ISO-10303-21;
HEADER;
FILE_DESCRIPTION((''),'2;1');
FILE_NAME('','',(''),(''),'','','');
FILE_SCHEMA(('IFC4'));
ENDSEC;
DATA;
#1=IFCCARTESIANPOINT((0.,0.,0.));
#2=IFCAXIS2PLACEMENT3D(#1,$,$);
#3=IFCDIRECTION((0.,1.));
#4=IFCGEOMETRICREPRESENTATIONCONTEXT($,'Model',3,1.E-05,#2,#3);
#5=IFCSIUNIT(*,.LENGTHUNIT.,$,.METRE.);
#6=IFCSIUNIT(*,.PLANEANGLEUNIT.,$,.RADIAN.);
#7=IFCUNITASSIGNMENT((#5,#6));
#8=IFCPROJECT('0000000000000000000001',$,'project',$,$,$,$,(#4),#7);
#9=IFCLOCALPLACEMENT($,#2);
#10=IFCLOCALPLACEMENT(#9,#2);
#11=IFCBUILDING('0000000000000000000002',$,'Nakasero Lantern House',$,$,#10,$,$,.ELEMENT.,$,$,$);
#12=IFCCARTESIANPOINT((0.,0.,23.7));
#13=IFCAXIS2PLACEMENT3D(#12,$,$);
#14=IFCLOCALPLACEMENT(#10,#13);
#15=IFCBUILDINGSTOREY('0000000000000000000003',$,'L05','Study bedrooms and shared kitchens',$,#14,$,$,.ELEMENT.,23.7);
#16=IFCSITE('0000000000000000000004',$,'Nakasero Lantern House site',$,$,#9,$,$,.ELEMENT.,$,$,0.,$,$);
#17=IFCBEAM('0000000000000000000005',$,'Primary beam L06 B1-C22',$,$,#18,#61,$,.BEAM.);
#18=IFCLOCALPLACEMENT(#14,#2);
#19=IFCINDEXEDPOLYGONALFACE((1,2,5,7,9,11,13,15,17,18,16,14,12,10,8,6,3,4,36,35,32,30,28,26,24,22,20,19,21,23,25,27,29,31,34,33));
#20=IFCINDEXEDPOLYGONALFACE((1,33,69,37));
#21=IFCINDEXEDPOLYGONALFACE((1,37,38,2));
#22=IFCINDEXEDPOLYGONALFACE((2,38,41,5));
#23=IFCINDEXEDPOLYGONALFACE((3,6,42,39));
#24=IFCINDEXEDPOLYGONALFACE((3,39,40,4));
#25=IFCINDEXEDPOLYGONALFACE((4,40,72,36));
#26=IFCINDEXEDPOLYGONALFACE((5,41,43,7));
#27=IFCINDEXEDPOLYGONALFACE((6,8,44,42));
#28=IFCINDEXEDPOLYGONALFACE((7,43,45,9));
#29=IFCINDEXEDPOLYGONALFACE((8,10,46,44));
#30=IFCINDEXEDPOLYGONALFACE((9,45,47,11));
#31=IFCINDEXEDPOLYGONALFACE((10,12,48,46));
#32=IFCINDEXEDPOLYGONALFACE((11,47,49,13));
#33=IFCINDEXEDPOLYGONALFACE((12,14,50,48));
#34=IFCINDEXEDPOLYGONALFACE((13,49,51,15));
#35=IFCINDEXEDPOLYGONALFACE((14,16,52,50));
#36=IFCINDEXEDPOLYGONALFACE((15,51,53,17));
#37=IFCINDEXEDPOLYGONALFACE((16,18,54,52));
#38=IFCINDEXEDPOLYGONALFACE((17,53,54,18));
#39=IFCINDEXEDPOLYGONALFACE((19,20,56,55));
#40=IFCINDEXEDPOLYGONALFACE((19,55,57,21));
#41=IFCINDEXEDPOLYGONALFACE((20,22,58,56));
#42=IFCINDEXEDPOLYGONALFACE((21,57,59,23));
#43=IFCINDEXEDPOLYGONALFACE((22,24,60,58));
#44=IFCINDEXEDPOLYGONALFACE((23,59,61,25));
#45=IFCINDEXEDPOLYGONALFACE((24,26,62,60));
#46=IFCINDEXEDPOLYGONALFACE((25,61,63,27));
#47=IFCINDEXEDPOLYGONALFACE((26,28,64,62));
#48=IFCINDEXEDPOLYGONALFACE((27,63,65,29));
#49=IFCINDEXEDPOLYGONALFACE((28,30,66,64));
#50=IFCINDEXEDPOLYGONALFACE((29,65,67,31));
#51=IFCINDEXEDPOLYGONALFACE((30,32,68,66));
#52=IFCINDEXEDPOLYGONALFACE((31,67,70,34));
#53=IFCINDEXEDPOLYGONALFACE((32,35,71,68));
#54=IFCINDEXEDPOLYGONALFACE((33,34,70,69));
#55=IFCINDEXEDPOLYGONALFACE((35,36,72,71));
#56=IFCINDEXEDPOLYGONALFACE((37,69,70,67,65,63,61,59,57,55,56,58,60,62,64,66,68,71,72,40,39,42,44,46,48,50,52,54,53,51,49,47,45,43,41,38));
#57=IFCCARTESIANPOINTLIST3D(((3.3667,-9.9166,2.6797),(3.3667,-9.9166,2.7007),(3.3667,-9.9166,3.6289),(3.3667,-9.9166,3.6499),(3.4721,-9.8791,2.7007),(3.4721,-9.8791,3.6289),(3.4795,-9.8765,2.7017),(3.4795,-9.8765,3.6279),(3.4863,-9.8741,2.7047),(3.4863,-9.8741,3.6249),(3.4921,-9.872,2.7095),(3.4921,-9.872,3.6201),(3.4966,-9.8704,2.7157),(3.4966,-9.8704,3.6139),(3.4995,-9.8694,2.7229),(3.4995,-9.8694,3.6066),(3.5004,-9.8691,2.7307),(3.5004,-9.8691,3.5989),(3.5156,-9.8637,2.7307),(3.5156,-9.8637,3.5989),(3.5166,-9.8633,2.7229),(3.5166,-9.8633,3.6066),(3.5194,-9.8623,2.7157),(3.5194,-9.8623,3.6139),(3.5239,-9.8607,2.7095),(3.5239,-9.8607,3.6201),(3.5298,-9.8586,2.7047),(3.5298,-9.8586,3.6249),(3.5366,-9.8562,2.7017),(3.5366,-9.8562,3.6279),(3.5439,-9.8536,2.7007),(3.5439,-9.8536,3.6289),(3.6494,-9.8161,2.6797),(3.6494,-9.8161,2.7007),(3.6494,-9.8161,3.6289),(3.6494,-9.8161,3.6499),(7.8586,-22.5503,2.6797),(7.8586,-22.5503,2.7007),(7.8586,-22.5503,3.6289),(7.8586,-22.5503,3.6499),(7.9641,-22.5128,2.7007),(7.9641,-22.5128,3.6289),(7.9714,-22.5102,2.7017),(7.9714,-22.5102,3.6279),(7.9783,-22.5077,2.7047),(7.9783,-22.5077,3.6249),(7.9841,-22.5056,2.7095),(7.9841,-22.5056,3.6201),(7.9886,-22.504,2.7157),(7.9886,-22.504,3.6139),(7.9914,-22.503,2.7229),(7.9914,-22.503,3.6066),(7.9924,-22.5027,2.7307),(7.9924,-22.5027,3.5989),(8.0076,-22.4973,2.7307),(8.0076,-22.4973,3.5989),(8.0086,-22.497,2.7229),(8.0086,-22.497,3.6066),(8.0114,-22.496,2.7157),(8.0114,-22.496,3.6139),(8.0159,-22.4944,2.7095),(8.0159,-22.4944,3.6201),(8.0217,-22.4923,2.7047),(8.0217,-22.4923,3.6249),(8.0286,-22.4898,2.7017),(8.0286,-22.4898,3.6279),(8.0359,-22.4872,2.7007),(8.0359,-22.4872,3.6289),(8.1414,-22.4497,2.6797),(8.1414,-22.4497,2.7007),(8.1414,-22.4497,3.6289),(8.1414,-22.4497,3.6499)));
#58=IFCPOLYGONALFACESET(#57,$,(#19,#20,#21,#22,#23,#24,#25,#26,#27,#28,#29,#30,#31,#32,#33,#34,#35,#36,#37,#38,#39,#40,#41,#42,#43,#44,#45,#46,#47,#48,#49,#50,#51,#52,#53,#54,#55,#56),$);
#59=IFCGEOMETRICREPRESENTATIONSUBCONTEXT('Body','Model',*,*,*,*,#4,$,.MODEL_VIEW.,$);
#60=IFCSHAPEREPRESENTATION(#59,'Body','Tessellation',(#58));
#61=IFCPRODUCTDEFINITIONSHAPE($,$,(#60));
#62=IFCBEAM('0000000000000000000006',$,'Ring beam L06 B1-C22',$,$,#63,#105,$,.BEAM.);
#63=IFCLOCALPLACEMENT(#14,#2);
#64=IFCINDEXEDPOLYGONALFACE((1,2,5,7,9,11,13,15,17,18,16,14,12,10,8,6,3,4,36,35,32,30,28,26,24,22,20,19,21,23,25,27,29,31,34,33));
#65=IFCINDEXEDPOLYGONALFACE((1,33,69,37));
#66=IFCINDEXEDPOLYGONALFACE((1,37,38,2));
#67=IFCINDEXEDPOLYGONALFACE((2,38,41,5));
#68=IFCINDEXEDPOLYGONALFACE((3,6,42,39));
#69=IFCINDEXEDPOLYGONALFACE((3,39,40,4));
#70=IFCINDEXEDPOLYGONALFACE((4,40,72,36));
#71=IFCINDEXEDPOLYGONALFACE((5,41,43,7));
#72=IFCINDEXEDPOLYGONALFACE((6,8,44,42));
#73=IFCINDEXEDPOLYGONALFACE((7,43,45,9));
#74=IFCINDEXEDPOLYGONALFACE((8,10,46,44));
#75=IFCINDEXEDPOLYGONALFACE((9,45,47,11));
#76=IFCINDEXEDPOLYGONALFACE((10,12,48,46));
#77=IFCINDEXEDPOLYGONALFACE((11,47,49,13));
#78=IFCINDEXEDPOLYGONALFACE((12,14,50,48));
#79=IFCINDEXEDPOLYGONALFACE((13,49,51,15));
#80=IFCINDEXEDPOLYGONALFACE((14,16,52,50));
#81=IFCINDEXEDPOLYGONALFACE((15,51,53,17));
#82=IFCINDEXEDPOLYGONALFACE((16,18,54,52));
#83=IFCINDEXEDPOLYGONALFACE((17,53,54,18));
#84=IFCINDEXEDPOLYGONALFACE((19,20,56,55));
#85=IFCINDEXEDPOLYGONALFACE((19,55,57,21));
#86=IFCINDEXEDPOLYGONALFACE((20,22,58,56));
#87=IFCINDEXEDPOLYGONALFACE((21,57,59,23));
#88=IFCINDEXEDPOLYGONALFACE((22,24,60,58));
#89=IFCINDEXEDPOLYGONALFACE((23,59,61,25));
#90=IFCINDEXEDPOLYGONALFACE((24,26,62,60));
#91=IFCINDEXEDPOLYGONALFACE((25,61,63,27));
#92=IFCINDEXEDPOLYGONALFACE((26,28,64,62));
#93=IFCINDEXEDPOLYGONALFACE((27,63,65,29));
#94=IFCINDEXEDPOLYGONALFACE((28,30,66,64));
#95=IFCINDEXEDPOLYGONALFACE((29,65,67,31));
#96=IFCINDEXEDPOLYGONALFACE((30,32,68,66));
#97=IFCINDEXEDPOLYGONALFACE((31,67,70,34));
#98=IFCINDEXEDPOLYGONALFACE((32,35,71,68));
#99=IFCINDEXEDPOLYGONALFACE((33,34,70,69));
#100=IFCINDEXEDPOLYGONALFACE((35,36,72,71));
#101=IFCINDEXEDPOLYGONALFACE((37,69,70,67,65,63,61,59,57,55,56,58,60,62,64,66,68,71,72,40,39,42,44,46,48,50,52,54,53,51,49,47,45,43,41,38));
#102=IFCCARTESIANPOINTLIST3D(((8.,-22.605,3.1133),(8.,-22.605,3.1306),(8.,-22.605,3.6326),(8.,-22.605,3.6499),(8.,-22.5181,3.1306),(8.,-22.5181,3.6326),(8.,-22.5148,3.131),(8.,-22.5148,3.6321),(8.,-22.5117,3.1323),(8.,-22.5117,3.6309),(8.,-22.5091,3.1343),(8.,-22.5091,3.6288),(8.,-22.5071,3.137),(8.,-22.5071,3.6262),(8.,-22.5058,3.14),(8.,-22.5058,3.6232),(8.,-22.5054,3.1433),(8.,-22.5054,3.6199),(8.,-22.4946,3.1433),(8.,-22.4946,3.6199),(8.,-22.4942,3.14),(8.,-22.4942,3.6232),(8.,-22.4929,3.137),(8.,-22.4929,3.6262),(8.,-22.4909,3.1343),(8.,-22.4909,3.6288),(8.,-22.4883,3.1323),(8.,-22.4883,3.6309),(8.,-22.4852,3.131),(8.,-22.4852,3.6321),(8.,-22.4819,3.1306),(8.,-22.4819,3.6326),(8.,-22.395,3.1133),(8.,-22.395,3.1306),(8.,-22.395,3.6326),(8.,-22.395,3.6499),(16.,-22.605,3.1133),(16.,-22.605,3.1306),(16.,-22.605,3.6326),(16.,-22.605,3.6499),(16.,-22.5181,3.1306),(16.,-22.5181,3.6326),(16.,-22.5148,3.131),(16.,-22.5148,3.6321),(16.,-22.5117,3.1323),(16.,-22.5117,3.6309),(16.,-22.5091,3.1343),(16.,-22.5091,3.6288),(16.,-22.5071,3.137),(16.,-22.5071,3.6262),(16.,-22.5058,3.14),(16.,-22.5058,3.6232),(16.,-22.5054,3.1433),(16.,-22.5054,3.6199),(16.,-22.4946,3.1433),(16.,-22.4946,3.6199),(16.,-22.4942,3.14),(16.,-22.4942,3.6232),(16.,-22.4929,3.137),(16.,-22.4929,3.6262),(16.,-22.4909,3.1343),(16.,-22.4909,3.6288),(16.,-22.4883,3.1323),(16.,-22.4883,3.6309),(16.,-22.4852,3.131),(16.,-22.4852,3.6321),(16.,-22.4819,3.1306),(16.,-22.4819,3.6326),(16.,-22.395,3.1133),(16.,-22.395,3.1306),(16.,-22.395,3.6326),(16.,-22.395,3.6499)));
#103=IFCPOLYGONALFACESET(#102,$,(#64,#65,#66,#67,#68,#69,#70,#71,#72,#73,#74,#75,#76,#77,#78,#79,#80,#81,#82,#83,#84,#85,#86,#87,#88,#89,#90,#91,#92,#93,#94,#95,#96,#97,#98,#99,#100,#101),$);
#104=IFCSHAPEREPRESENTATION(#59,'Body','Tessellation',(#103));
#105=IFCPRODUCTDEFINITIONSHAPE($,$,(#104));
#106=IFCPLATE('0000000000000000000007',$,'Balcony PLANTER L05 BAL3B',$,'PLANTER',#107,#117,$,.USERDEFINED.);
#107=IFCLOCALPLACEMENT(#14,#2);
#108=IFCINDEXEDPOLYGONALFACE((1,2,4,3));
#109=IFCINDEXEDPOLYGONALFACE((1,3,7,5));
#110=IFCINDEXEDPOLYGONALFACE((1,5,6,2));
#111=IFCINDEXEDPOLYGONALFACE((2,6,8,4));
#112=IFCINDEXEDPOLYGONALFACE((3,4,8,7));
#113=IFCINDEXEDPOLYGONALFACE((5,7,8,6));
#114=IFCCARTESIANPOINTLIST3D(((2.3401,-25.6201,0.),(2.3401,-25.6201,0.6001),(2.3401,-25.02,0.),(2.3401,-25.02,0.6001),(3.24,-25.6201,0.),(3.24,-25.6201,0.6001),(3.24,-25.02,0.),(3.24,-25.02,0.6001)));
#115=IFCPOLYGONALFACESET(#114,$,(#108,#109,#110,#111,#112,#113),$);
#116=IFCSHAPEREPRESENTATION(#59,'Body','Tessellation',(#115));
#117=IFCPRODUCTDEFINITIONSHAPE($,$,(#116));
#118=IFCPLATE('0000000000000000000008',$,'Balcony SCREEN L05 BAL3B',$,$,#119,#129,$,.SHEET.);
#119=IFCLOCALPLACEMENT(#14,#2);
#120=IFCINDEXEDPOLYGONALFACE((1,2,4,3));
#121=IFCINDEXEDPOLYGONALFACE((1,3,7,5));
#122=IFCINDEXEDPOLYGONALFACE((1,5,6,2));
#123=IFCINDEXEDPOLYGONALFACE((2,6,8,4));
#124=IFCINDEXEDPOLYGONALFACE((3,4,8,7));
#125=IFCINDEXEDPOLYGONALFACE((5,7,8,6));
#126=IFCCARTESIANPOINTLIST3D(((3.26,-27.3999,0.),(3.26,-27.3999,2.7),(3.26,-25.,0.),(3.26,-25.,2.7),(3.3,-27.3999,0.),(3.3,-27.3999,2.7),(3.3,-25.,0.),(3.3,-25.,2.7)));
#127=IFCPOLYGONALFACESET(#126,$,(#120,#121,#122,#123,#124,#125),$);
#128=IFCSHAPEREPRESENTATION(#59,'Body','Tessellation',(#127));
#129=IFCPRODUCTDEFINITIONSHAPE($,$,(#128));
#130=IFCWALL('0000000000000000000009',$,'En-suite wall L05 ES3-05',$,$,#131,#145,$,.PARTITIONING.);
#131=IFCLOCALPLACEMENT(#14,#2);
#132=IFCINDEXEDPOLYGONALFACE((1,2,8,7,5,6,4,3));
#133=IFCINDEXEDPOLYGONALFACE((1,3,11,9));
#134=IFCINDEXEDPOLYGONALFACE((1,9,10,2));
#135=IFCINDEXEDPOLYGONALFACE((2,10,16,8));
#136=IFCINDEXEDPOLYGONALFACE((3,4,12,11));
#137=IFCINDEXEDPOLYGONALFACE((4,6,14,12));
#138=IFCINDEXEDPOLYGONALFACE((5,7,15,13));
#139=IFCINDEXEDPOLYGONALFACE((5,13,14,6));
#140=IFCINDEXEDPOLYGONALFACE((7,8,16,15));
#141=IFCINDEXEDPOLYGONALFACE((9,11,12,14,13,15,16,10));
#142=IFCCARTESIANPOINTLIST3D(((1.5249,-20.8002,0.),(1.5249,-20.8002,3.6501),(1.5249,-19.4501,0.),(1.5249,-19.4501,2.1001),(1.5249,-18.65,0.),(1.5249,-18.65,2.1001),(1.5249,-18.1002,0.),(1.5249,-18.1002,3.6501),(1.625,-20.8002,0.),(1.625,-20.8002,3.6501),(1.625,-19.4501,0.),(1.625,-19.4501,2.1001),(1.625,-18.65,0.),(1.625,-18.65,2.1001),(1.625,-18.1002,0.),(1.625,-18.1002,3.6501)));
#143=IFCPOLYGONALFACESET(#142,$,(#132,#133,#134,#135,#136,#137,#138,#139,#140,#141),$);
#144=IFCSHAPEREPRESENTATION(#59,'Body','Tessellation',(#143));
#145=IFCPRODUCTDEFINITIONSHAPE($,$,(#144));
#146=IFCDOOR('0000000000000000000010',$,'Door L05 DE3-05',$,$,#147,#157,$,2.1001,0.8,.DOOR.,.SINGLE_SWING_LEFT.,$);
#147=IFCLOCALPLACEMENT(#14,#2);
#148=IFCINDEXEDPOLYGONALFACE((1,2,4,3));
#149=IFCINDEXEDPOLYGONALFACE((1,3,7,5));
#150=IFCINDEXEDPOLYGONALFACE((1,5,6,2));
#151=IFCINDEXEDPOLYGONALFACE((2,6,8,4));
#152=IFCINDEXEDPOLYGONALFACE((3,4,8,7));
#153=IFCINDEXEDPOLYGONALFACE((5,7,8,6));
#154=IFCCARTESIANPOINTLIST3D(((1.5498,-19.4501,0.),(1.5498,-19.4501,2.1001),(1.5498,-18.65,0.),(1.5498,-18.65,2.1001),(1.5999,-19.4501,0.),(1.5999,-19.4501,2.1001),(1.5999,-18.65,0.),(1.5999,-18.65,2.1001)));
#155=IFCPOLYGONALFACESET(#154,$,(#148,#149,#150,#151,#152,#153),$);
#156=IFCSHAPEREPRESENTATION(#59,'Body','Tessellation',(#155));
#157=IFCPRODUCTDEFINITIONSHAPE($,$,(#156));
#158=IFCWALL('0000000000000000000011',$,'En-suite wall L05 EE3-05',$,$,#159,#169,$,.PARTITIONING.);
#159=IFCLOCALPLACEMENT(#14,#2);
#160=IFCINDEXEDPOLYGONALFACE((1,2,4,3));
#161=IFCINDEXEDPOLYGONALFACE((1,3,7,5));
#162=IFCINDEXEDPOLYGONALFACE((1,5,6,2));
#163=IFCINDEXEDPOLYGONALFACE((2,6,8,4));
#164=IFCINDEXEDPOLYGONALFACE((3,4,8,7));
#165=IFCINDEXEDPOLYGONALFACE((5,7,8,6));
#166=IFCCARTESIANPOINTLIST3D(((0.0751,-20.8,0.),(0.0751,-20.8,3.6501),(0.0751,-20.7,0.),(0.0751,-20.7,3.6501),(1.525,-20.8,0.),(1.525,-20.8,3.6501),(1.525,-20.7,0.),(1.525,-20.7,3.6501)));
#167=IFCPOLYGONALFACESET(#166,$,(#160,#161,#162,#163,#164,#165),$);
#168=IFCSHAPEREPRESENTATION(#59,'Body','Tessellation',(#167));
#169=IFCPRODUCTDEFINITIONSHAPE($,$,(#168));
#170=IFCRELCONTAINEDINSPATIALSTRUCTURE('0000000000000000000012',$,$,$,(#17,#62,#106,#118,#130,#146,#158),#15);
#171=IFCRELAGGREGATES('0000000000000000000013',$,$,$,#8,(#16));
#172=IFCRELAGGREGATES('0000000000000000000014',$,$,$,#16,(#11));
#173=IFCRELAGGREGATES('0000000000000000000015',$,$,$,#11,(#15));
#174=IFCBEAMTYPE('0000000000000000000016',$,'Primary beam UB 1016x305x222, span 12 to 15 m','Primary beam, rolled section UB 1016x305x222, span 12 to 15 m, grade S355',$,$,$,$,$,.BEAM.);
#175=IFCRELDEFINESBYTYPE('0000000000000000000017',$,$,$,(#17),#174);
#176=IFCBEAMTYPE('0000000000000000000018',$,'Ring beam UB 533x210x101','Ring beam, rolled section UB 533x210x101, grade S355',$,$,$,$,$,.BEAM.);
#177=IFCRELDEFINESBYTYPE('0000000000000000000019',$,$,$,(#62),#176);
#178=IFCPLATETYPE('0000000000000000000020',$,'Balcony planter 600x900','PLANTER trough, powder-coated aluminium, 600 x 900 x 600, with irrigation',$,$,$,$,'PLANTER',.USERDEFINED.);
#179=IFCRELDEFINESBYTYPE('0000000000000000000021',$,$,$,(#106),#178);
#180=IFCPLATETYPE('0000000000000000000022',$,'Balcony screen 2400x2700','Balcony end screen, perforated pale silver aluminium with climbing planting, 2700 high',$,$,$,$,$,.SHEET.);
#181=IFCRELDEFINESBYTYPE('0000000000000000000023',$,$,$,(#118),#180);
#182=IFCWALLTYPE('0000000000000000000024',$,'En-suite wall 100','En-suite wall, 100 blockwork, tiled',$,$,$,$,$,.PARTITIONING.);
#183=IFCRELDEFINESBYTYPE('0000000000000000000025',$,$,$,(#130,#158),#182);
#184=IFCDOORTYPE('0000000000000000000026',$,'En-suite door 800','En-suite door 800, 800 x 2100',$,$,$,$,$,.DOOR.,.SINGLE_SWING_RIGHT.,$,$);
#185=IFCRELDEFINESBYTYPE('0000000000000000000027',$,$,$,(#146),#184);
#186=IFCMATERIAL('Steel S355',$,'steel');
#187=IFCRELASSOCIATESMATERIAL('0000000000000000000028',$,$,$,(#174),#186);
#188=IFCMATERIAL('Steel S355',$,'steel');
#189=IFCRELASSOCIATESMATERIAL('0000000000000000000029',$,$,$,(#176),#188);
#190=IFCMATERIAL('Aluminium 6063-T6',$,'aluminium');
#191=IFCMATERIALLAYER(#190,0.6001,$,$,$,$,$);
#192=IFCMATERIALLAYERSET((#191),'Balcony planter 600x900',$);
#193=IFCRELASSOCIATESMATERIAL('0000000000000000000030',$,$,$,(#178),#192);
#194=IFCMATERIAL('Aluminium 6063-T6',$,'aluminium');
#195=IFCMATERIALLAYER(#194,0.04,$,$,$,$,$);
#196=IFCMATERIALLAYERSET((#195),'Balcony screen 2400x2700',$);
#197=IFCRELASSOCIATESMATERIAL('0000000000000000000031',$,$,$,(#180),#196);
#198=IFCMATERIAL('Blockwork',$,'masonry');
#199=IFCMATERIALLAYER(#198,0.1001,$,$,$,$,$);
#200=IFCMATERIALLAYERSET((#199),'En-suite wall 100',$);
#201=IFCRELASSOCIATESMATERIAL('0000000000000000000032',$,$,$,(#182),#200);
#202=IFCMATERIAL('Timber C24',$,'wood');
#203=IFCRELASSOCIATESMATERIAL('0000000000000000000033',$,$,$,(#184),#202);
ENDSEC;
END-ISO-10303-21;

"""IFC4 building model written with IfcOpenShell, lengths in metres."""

from ifc_helpers import new_model, si_unit, direction, frame, frame_2d, origin, origin_2d, place, context, subcontext, project, spatial, rectangle, i_section, extrude, material, layer, layer_set, material_profile, profile_set, type_object, element, fill, save


model = new_model("IFC4")

# Units and contexts
model_context = context("Model", 3, precision=1e-05, world=origin(), true_north=direction((0.0, 1.0)))
body_context = subcontext(model_context, "Body", "Model", "MODEL_VIEW")
ifc_project = project(units=[si_unit("LENGTHUNIT", "METRE"), si_unit("PLANEANGLEUNIT", "RADIAN")], contexts=[model_context])

# Site, building, storey
site_placement = place(None, origin())
site = spatial("IfcSite", under=ifc_project, at=site_placement, Name="Nakasero Lantern House site", CompositionType="ELEMENT", RefElevation=0.0)
building_placement = place(site_placement, origin())
building = spatial("IfcBuilding", under=site, at=building_placement, Name="Nakasero Lantern House", CompositionType="ELEMENT")
storey_placement = place(building_placement, frame((0.0, 0.0, 23.7)))
storey = spatial("IfcBuildingStorey", under=building, at=storey_placement, Name="L05", Description="Study bedrooms and shared kitchens", CompositionType="ELEMENT", Elevation=23.7)

# Beams
ifc_material_1 = material(Name="Steel S355", Category="steel")
ifc_material_profile_1 = material_profile(ifc_material_1, i_section(OverallWidth=0.3, OverallDepth=0.9702, WebThickness=0.0161, FlangeThickness=0.021, FilletRadius=0.03, at=origin_2d()), Name="UB 1016x305x222")
ifc_profile_set_1 = profile_set([ifc_material_profile_1], Name="Steel S355")
beam_type_1 = type_object("IfcBeamType", Name="Primary beam UB 1016x305x222, span 12 to 15 m", Description="Primary beam, rolled section UB 1016x305x222, span 12 to 15 m, grade S355", PredefinedType="BEAM", material=ifc_profile_set_1)
beam_1_placement = place(storey_placement, frame((8.0, -22.5, 3.1648), z_axis=(-0.335011, 0.942214, 0.0), x_axis=(-0.942214, -0.335011, 0.0)))
element("IfcBeam", 1, at=beam_1_placement, inside=storey, type_object=beam_type_1, Name="Primary beam L06 B1-C22", PredefinedType="BEAM", context=body_context, shape_type="SweptSolid", body=[
    extrude(i_section(OverallWidth=0.3, OverallDepth=0.9702, WebThickness=0.0161, FlangeThickness=0.021, FilletRadius=0.03, at=origin_2d()), origin(), (0.0, 0.0, 1.0), 13.4084),
])
ifc_material_2 = material(Name="Steel S355", Category="steel")
ifc_material_profile_2 = material_profile(ifc_material_2, i_section(OverallWidth=0.21, OverallDepth=0.5366, WebThickness=0.0107, FlangeThickness=0.0173, FilletRadius=0.0127, at=origin_2d()), Name="UB 533x210x101")
ifc_profile_set_2 = profile_set([ifc_material_profile_2], Name="Steel S355")
beam_type_2 = type_object("IfcBeamType", Name="Ring beam UB 533x210x101", Description="Ring beam, rolled section UB 533x210x101, grade S355", PredefinedType="BEAM", material=ifc_profile_set_2)
beam_2_placement = place(storey_placement, frame((8.0, -22.5, 3.3816), z_axis=(1.0, 0.0, 0.0), x_axis=(0.0, 1.0, 0.0)))
element("IfcBeam", 2, at=beam_2_placement, inside=storey, type_object=beam_type_2, Name="Ring beam L06 B1-C22", PredefinedType="BEAM", context=body_context, shape_type="SweptSolid", body=[
    extrude(i_section(OverallWidth=0.21, OverallDepth=0.5366, WebThickness=0.0107, FlangeThickness=0.0173, FilletRadius=0.0127, at=origin_2d()), origin(), (0.0, 0.0, 1.0), 8.0),
])

# Plates
ifc_material_3 = material(Name="Aluminium 6063-T6", Category="aluminium")
ifc_layer_1 = layer(ifc_material_3, 0.6001)
ifc_layer_set_1 = layer_set([ifc_layer_1], Name="Balcony planter 600x900")
plate_type_1 = type_object("IfcPlateType", Name="Balcony planter 600x900", Description="PLANTER trough, powder-coated aluminium, 600 x 900 x 600, with irrigation", ElementType="PLANTER", PredefinedType="USERDEFINED", material=ifc_layer_set_1)
plate_1_placement = place(storey_placement, frame((2.79, -25.3201, 0.0), z_axis=(0.0, 0.0, 1.0), x_axis=(0.0, -1.0, 0.0)))
element("IfcPlate", 3, at=plate_1_placement, inside=storey, type_object=plate_type_1, Name="Balcony PLANTER L05 BAL3B", ObjectType="PLANTER", PredefinedType="USERDEFINED", context=body_context, shape_type="SweptSolid", body=[
    extrude(rectangle(XDim=0.6001, YDim=0.8999, at=origin_2d()), origin(), (0.0, 0.0, 1.0), 0.6001),
])
ifc_material_4 = material(Name="Aluminium 6063-T6", Category="aluminium")
ifc_layer_2 = layer(ifc_material_4, 0.04)
ifc_layer_set_2 = layer_set([ifc_layer_2], Name="Balcony screen 2400x2700")
plate_type_2 = type_object("IfcPlateType", Name="Balcony screen 2400x2700", Description="Balcony end screen, perforated pale silver aluminium with climbing planting, 2700 high", PredefinedType="SHEET", material=ifc_layer_set_2)
plate_2_placement = place(storey_placement, frame((3.28, -26.2, 0.0), z_axis=(0.0, 0.0, 1.0), x_axis=(0.0, -1.0, 0.0)))
element("IfcPlate", 4, at=plate_2_placement, inside=storey, type_object=plate_type_2, Name="Balcony SCREEN L05 BAL3B", PredefinedType="SHEET", context=body_context, shape_type="SweptSolid", body=[
    extrude(rectangle(XDim=2.3999, YDim=0.04, at=origin_2d()), origin(), (0.0, 0.0, 1.0), 2.7),
])

# Wall, opening, door
ifc_material_5 = material(Name="Blockwork", Category="masonry")
ifc_layer_3 = layer(ifc_material_5, 0.1001)
ifc_layer_set_3 = layer_set([ifc_layer_3], Name="En-suite wall 100")
wall_type_1 = type_object("IfcWallType", Name="En-suite wall 100", Description="En-suite wall, 100 blockwork, tiled", PredefinedType="PARTITIONING", material=ifc_layer_set_3)
wall_1_placement = place(storey_placement, frame((1.575, -18.1001, 0.0), z_axis=(0.0, 0.0, 1.0), x_axis=(0.0, -1.0, 0.0)))
wall_1 = element("IfcWall", 5, at=wall_1_placement, inside=storey, type_object=wall_type_1, Name="En-suite wall L05 ES3-05", PredefinedType="PARTITIONING", context=body_context, shape_type="SweptSolid", body=[
    extrude(rectangle(XDim=2.7, YDim=0.1001, at=frame_2d((1.3501, 0.0))), origin(), (0.0, 0.0, 1.0), 3.6501),
])
opening_1_placement = place(wall_1_placement, frame((0.55, 0.0, 0.0)))
opening_1 = element("IfcOpeningElement", 6, at=opening_1_placement, cuts=wall_1, PredefinedType="OPENING", context=body_context, shape_type="SweptSolid", body=[
    extrude(rectangle(XDim=0.8, YDim=2.1001, at=frame_2d((0.3999, 1.05))), frame((0.0, 0.0701, 0.0), z_axis=(0.0, -1.0, 0.0), x_axis=(1.0, 0.0, 0.0)), (0.0, 0.0, 1.0), 0.1401),
])
ifc_material_6 = material(Name="Timber C24", Category="wood")
door_type_1 = type_object("IfcDoorType", Name="En-suite door 800", Description="En-suite door 800, 800 x 2100", OperationType="SINGLE_SWING_RIGHT", PredefinedType="DOOR", material=ifc_material_6)
door_1_placement = place(opening_1_placement, origin())
door_1 = element("IfcDoor", 7, at=door_1_placement, inside=storey, type_object=door_type_1, Name="Door L05 DE3-05", OperationType="SINGLE_SWING_LEFT", OverallHeight=2.1001, OverallWidth=0.8, PredefinedType="DOOR", context=body_context, shape_type="SweptSolid", body=[
    extrude(rectangle(XDim=0.8, YDim=2.1001, at=frame_2d((0.3999, 1.05))), frame((0.0, 0.0249, 0.0), z_axis=(0.0, -1.0, 0.0), x_axis=(1.0, 0.0, 0.0)), (0.0, 0.0, 1.0), 0.05),
])
fill(opening_1, door_1)

# Wall
wall_2_placement = place(storey_placement, frame((0.075, -20.75, 0.0), z_axis=(0.0, 0.0, 1.0), x_axis=(1.0, 0.0, 0.0)))
element("IfcWall", 8, at=wall_2_placement, inside=storey, type_object=wall_type_1, Name="En-suite wall L05 EE3-05", PredefinedType="PARTITIONING", context=body_context, shape_type="SweptSolid", body=[
    extrude(rectangle(XDim=1.45, YDim=0.1001, at=frame_2d((0.7251, 0.0))), origin(), (0.0, 0.0, 1.0), 3.6501),
])

save(model, "model.ifc")
